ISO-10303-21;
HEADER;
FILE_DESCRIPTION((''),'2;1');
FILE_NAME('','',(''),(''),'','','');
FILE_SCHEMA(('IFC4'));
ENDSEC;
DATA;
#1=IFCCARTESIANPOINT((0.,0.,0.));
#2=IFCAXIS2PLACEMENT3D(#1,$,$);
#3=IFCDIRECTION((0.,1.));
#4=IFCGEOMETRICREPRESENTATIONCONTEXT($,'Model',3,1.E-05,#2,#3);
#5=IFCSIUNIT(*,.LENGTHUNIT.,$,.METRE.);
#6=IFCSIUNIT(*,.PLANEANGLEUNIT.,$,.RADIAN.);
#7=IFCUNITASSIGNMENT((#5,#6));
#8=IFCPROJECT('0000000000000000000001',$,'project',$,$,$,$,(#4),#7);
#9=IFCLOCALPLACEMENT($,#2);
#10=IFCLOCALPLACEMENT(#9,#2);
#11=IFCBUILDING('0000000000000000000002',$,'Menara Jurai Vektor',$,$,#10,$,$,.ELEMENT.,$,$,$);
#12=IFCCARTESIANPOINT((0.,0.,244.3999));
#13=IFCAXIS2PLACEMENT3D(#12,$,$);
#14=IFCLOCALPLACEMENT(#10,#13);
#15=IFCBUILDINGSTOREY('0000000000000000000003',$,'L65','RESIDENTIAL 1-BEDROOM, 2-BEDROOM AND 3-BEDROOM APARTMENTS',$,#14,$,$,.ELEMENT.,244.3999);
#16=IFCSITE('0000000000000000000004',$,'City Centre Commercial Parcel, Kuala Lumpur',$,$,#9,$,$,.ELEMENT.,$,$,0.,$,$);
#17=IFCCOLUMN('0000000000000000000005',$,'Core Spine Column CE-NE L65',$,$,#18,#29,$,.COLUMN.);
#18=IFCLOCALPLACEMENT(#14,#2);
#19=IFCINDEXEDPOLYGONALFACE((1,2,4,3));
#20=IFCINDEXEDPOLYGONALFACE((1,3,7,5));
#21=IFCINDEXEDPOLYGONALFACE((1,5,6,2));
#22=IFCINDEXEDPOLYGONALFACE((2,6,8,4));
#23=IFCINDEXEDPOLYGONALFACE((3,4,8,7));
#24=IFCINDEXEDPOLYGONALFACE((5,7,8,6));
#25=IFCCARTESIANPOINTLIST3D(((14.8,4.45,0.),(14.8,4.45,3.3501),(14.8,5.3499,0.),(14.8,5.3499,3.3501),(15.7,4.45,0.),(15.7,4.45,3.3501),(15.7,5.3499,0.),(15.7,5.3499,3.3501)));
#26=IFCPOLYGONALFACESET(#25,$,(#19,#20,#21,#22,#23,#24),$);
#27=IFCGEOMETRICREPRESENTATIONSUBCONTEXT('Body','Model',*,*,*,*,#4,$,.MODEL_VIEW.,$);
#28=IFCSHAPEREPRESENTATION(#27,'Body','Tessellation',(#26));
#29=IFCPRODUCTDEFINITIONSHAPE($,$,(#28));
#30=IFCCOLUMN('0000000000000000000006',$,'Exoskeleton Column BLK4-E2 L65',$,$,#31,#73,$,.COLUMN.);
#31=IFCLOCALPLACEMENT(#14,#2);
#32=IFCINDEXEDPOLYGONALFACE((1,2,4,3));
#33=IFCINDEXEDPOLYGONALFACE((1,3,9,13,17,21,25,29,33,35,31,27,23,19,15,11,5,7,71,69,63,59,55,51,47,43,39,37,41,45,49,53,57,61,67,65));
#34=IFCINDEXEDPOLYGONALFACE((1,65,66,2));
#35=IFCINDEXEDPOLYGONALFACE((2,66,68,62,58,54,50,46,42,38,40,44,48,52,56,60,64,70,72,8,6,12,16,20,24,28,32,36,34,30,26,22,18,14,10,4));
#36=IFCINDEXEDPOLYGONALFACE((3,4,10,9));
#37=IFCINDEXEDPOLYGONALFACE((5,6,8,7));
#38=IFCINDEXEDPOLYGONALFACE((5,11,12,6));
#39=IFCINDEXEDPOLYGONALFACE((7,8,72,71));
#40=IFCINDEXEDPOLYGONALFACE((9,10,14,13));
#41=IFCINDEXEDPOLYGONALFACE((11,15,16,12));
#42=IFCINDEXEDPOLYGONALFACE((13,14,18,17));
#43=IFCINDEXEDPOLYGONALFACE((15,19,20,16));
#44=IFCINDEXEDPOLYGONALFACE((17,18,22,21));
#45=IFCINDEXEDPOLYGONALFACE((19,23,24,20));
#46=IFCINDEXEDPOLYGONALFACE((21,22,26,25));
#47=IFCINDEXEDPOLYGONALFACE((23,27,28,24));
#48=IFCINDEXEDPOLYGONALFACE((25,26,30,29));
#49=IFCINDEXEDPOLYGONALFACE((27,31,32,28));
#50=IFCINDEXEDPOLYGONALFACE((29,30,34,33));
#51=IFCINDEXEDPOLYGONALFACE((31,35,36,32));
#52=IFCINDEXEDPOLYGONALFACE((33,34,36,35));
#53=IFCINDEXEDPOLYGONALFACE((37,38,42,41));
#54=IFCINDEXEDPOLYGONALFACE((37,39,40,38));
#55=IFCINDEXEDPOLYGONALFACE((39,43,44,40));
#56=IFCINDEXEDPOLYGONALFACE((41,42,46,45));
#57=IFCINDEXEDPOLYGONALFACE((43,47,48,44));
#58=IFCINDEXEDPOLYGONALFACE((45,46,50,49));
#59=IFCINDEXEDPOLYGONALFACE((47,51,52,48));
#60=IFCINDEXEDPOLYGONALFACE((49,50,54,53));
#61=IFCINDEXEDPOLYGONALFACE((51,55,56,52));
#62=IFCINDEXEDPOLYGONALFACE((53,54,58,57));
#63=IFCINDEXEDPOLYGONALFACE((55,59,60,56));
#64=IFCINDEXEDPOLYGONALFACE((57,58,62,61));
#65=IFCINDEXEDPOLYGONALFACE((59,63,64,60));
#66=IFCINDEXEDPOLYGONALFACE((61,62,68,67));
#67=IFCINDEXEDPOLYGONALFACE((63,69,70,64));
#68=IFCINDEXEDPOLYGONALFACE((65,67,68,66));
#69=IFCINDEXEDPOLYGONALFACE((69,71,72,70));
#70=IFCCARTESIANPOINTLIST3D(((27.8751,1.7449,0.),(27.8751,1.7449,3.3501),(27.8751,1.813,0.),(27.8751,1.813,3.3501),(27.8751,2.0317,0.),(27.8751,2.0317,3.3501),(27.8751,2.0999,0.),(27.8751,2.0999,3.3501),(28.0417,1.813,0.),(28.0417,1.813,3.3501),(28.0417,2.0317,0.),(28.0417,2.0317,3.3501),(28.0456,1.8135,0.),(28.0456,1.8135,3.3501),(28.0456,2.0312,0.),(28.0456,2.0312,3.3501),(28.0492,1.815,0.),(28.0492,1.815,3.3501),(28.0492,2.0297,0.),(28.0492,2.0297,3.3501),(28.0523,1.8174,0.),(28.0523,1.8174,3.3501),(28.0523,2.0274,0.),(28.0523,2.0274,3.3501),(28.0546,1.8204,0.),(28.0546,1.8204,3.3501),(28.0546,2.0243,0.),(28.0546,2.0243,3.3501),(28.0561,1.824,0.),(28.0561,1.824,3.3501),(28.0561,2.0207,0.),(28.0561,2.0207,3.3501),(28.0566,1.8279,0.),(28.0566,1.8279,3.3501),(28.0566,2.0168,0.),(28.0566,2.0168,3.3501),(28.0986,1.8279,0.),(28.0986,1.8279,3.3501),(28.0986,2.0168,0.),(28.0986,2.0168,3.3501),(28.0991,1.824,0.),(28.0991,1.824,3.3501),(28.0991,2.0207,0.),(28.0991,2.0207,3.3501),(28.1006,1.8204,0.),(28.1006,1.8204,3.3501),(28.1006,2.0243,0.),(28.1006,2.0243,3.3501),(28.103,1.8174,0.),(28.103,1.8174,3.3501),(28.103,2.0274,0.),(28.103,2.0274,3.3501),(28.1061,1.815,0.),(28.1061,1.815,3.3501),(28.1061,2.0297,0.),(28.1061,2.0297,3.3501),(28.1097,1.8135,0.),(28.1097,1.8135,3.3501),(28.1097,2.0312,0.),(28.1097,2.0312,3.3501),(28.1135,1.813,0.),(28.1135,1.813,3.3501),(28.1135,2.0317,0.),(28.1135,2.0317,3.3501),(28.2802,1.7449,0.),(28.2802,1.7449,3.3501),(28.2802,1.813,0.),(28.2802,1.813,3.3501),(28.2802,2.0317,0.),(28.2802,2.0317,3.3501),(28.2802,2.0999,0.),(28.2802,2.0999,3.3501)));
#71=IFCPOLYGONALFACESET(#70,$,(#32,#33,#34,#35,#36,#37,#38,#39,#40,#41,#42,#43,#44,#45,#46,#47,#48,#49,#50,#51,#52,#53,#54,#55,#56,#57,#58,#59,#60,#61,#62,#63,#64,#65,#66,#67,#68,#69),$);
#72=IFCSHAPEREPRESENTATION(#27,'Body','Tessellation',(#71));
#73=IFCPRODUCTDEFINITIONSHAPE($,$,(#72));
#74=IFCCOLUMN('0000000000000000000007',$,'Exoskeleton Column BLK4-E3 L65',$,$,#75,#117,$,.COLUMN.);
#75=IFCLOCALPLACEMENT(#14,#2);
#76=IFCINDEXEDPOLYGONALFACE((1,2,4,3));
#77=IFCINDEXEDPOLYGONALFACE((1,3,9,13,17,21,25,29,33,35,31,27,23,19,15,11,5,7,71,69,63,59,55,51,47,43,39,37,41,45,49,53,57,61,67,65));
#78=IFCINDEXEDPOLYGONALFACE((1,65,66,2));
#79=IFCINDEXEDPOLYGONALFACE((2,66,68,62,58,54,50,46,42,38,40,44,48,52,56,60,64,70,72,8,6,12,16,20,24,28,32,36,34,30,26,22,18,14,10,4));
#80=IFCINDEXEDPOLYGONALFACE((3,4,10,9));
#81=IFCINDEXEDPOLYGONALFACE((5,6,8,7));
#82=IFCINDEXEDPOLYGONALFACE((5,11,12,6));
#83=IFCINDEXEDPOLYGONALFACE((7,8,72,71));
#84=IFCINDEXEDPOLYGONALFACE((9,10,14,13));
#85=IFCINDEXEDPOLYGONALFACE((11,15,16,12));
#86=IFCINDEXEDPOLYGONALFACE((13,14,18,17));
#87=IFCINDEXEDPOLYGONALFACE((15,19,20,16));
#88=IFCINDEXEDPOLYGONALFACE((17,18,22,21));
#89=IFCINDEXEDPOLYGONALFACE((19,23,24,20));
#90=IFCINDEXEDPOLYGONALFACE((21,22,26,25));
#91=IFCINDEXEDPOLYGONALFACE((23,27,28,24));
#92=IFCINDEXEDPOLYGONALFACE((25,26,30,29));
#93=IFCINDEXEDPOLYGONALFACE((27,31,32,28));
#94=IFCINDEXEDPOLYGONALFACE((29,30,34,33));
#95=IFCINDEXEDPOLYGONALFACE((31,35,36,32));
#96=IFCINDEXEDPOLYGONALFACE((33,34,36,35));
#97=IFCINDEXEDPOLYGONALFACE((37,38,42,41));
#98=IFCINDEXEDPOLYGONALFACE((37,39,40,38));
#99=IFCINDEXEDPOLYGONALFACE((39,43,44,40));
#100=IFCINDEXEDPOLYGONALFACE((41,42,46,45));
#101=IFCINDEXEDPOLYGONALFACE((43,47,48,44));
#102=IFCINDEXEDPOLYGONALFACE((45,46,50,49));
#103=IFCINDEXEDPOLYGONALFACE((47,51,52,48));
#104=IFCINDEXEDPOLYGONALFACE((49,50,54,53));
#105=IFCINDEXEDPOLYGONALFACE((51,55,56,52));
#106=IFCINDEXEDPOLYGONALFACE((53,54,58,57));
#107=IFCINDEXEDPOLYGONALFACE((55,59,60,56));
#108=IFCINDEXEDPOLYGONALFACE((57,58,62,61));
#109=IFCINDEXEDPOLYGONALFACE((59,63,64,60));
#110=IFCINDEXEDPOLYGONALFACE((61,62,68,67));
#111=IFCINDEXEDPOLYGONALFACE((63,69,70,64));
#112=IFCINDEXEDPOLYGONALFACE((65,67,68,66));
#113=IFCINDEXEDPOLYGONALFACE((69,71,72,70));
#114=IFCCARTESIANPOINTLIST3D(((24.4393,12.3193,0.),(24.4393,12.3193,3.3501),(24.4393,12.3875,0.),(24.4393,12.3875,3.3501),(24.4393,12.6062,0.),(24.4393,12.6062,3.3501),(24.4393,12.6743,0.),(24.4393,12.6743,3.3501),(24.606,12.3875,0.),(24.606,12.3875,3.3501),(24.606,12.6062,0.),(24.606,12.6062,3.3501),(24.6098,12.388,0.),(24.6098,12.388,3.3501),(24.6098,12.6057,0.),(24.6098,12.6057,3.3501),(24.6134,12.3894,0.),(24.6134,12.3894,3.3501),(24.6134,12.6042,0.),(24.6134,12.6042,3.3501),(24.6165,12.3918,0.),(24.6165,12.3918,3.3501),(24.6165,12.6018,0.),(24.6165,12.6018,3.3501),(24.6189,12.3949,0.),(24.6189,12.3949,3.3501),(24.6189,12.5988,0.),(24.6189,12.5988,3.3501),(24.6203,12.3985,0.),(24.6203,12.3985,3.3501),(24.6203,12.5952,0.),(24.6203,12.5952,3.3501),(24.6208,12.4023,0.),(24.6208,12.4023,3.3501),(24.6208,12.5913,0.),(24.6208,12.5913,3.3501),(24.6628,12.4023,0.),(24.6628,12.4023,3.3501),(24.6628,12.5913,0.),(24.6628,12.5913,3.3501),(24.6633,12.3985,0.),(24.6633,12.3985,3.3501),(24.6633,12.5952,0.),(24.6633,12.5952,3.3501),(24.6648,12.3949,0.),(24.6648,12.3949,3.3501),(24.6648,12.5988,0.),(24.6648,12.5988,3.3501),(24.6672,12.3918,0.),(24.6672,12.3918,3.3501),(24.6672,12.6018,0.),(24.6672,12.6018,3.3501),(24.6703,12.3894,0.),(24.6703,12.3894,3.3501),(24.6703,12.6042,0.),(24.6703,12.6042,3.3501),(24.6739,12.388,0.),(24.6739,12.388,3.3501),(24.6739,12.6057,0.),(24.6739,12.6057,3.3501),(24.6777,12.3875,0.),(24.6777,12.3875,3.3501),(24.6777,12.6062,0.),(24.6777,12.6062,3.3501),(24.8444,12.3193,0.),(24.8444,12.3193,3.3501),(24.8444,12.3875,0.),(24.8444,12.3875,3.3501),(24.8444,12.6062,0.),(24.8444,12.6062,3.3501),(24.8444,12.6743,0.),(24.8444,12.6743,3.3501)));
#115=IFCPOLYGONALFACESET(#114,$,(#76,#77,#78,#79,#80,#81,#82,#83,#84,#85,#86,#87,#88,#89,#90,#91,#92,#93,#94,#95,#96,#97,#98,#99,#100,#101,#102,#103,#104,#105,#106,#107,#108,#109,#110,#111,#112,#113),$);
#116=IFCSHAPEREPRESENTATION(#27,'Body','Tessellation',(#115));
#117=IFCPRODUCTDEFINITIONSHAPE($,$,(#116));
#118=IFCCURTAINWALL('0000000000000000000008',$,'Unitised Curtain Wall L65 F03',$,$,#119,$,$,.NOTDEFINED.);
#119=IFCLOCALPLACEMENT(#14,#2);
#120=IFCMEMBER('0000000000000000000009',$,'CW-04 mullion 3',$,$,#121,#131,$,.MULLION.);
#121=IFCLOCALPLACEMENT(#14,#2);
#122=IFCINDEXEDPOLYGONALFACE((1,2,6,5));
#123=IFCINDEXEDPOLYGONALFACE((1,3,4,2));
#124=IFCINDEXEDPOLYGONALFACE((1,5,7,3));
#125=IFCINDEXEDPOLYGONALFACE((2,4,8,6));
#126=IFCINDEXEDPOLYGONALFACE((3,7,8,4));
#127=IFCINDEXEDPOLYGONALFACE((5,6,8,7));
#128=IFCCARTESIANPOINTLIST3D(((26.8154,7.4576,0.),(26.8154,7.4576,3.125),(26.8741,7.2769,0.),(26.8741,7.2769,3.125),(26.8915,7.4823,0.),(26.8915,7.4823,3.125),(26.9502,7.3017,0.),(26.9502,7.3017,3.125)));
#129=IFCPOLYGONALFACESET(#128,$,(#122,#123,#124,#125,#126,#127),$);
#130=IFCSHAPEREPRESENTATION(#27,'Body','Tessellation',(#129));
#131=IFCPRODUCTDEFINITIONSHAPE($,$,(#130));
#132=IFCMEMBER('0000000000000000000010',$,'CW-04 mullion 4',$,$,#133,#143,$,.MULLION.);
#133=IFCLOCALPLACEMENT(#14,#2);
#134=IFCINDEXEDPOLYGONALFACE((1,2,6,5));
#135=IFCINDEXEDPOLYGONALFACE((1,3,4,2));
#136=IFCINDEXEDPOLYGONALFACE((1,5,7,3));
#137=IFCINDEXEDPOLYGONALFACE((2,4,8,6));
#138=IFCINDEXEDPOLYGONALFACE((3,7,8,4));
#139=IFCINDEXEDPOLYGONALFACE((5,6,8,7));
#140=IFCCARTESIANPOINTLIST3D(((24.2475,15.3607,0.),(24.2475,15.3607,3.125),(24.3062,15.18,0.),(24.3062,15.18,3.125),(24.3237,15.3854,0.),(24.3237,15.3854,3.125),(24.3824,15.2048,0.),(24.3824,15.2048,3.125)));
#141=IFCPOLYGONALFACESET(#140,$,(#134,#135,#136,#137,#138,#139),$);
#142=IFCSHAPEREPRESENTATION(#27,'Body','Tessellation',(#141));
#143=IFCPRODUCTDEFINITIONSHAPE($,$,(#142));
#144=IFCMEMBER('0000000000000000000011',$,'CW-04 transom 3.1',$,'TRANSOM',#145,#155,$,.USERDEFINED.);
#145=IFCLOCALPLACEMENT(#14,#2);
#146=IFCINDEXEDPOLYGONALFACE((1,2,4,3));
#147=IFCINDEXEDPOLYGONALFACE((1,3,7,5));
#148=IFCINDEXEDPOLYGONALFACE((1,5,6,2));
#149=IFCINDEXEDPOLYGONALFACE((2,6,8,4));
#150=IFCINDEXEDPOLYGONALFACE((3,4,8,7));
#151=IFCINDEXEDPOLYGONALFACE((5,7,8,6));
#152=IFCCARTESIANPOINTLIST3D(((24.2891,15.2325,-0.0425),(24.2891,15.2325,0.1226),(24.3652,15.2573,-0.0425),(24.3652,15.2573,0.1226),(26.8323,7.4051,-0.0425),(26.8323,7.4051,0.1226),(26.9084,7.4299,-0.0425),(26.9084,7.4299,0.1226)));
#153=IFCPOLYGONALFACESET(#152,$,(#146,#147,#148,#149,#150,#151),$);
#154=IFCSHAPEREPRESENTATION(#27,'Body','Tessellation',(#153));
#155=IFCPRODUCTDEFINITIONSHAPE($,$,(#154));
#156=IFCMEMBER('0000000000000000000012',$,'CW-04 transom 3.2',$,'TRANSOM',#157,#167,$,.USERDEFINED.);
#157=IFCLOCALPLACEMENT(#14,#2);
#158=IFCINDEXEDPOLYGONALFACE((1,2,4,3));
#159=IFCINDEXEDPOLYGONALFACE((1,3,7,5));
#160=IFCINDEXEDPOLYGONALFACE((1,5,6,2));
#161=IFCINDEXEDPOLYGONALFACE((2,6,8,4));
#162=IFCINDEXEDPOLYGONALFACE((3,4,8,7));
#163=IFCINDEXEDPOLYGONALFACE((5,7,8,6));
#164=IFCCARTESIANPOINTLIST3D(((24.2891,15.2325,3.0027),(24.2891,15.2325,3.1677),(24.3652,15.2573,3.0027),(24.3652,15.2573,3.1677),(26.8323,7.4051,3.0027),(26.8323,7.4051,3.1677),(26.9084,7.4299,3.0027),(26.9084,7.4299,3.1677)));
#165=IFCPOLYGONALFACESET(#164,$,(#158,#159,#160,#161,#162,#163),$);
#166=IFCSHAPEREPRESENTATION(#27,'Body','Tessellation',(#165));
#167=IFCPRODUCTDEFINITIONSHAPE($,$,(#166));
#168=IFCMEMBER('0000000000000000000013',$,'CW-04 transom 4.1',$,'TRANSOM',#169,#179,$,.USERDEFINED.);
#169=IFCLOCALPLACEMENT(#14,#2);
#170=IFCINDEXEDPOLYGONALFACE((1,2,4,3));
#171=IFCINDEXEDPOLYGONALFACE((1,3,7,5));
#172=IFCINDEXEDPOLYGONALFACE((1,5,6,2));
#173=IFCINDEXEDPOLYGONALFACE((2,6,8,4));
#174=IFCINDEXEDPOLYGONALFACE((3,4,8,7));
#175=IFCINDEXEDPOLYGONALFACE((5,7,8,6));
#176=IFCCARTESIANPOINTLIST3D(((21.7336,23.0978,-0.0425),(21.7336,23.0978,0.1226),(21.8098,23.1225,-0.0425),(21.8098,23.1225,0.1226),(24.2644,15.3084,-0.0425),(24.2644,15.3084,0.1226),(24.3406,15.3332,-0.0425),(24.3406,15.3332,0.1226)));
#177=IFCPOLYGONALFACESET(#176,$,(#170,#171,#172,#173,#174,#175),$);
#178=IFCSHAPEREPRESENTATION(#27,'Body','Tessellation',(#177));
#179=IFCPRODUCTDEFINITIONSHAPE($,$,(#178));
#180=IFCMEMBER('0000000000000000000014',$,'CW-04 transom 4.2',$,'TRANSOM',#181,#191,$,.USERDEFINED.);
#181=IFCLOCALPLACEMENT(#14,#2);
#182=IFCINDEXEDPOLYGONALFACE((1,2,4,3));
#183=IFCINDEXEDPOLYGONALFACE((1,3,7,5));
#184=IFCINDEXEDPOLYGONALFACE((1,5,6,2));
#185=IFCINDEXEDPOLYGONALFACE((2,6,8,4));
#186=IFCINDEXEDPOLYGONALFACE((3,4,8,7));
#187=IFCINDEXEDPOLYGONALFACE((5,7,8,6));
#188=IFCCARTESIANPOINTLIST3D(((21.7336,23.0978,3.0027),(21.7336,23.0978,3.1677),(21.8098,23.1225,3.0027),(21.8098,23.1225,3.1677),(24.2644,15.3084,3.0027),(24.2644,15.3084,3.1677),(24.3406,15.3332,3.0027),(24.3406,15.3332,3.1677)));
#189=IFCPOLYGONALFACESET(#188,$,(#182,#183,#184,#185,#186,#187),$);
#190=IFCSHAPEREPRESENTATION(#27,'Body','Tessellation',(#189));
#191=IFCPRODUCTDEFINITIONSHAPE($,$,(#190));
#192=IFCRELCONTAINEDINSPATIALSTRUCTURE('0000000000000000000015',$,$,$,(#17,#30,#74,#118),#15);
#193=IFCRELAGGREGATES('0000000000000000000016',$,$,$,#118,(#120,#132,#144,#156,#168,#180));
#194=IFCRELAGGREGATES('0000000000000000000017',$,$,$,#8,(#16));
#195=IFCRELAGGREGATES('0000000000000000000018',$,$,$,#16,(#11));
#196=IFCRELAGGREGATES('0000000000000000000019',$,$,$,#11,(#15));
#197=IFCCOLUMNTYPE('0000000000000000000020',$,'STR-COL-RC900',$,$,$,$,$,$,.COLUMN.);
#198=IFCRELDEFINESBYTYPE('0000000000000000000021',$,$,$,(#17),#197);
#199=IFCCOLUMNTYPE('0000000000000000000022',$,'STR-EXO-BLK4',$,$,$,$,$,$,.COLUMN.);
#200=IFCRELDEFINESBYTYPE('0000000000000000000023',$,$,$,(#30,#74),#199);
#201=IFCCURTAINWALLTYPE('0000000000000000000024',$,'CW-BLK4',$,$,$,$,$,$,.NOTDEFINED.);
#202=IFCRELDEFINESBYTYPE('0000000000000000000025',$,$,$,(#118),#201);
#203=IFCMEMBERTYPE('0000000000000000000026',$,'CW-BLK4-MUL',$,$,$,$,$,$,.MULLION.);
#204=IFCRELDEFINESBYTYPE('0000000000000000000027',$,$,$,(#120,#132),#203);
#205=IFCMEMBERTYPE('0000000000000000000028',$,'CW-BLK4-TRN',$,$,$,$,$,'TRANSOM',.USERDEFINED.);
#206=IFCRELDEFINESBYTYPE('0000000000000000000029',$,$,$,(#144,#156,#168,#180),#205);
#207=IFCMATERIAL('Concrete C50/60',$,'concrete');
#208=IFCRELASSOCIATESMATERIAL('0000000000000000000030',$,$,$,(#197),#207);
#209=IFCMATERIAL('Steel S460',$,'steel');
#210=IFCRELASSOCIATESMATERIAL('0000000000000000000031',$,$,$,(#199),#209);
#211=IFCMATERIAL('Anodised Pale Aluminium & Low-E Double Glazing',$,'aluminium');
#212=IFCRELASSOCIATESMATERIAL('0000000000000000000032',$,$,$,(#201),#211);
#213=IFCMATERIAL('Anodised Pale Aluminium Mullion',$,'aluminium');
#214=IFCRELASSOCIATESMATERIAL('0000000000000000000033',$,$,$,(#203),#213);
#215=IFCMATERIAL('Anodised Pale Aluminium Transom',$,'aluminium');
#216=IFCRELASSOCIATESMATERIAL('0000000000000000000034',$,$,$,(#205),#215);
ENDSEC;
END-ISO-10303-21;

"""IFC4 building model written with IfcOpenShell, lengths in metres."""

from ifc_helpers import new_model, si_unit, direction, frame, origin, origin_2d, place, context, subcontext, project, spatial, rectangle, i_section, extrude, material, material_profile, profile_set, type_object, element, aggregate, save


model = new_model("IFC4")

# Units and contexts
model_context = context("Model", 3, precision=1e-05, world=origin(), true_north=direction((0.0, 1.0)))
body_context = subcontext(model_context, "Body", "Model", "MODEL_VIEW")
ifc_project = project(units=[si_unit("LENGTHUNIT", "METRE"), si_unit("PLANEANGLEUNIT", "RADIAN")], contexts=[model_context])

# Site, building, storey
site_placement = place(None, origin())
site = spatial("IfcSite", under=ifc_project, at=site_placement, Name="City Centre Commercial Parcel, Kuala Lumpur", CompositionType="ELEMENT", RefElevation=0.0)
building_placement = place(site_placement, origin())
building = spatial("IfcBuilding", under=site, at=building_placement, Name="Menara Jurai Vektor", CompositionType="ELEMENT")
storey_placement = place(building_placement, frame((0.0, 0.0, 244.3999)))
storey = spatial("IfcBuildingStorey", under=building, at=storey_placement, Name="L65", Description="RESIDENTIAL 1-BEDROOM, 2-BEDROOM AND 3-BEDROOM APARTMENTS", CompositionType="ELEMENT", Elevation=244.3999)

# Columns
ifc_material_1 = material(Name="Concrete C50/60", Category="concrete")
ifc_material_profile_1 = material_profile(ifc_material_1, rectangle(XDim=0.8999, YDim=0.8999, at=origin_2d()), Name="RC 900x900")
ifc_profile_set_1 = profile_set([ifc_material_profile_1], Name="Concrete C50/60")
column_type_1 = type_object("IfcColumnType", Name="STR-COL-RC900", PredefinedType="COLUMN", material=ifc_profile_set_1)
column_placement = place(storey_placement, frame((15.25, 4.8999, 0.0), z_axis=(0.0, 0.0, 1.0), x_axis=(1.0, 0.0, 0.0)))
element("IfcColumn", 1, at=column_placement, inside=storey, type_object=column_type_1, Name="Core Spine Column CE-NE L65", PredefinedType="COLUMN", context=body_context, shape_type="SweptSolid", body=[
    extrude(rectangle(XDim=0.8999, YDim=0.8999, at=origin_2d()), origin(), (0.0, 0.0, 1.0), 3.3501),
])
ifc_material_2 = material(Name="Steel S460", Category="steel")
ifc_material_profile_2 = material_profile(ifc_material_2, i_section(OverallWidth=0.405, OverallDepth=0.355, WebThickness=0.042, FlangeThickness=0.0681, FilletRadius=0.0149, at=origin_2d()), Name="HD 400x551")
ifc_profile_set_2 = profile_set([ifc_material_profile_2], Name="Steel S460")
column_type_2 = type_object("IfcColumnType", Name="STR-EXO-BLK4", PredefinedType="COLUMN", material=ifc_profile_set_2)
for number, where, z_axis, x_axis, name in (
    (2, (28.0776, 1.9224, 0.0), (0.0, 0.0, 1.0), (1.0, 0.0, 0.0), "Exoskeleton Column BLK4-E2 L65"),
    (3, (24.6418, 12.4968, 0.0), (0.0, 0.0, 1.0), (1.0, 0.0, 0.0), "Exoskeleton Column BLK4-E3 L65"),
):
    element("IfcColumn", number, at=place(storey_placement, frame(where, z_axis=z_axis, x_axis=x_axis)), inside=storey, type_object=column_type_2, Name=name, PredefinedType="COLUMN", context=body_context, shape_type="SweptSolid", body=[
        extrude(i_section(OverallWidth=0.405, OverallDepth=0.355, WebThickness=0.042, FlangeThickness=0.0681, FilletRadius=0.0149, at=origin_2d()), origin(), (0.0, 0.0, 1.0), 3.3501),
    ])

# Curtain wall, members
ifc_material_3 = material(Name="Anodised Pale Aluminium & Low-E Double Glazing", Category="aluminium")
curtain_wall_type = type_object("IfcCurtainWallType", Name="CW-BLK4", PredefinedType="NOTDEFINED", material=ifc_material_3)
curtain_wall_placement = place(storey_placement, origin())
curtain_wall = element("IfcCurtainWall", 4, at=curtain_wall_placement, inside=storey, type_object=curtain_wall_type, Name="Unitised Curtain Wall L65 F03", PredefinedType="NOTDEFINED")
ifc_material_4 = material(Name="Anodised Pale Aluminium Mullion", Category="aluminium")
ifc_material_profile_3 = material_profile(ifc_material_4, rectangle(XDim=0.0801, YDim=0.1899, at=origin_2d()), Name="ALU MUL 80x190")
ifc_profile_set_3 = profile_set([ifc_material_profile_3], Name="Anodised Pale Aluminium Mullion")
member_type_1 = type_object("IfcMemberType", Name="CW-BLK4-MUL", PredefinedType="MULLION", material=ifc_profile_set_3)
member_1_placement = place(storey_placement, frame((26.8828, 7.3796, 0.0), z_axis=(0.0, 0.0, 1.0), x_axis=(-0.951057, -0.309016, 0.0)))
member_1 = element("IfcMember", 5, at=member_1_placement, type_object=member_type_1, Name="CW-04 mullion 3", PredefinedType="MULLION", context=body_context, shape_type="SweptSolid", body=[
    extrude(rectangle(XDim=0.0801, YDim=0.1899, at=origin_2d()), origin(), (0.0, 0.0, 1.0), 3.125),
])
member_2_placement = place(storey_placement, frame((24.3149, 15.2827, 0.0), z_axis=(0.0, 0.0, 1.0), x_axis=(-0.951057, -0.309016, 0.0)))
member_2 = element("IfcMember", 6, at=member_2_placement, type_object=member_type_1, Name="CW-04 mullion 4", PredefinedType="MULLION", context=body_context, shape_type="SweptSolid", body=[
    extrude(rectangle(XDim=0.0801, YDim=0.1899, at=origin_2d()), origin(), (0.0, 0.0, 1.0), 3.125),
])
ifc_material_5 = material(Name="Anodised Pale Aluminium Transom", Category="aluminium")
ifc_material_profile_4 = material_profile(ifc_material_5, rectangle(XDim=0.0801, YDim=0.165, at=origin_2d()), Name="ALU TRN 80x165")
ifc_profile_set_4 = profile_set([ifc_material_profile_4], Name="Anodised Pale Aluminium Transom")
member_type_2 = type_object("IfcMemberType", Name="CW-BLK4-TRN", ElementType="TRANSOM", PredefinedType="USERDEFINED", material=ifc_profile_set_4)
member_3_placement = place(storey_placement, frame((26.8704, 7.4175, 0.04), z_axis=(-0.30901, 0.951059, 0.0), x_axis=(-0.951059, -0.30901, 0.0)))
member_3 = element("IfcMember", 7, at=member_3_placement, type_object=member_type_2, Name="CW-04 transom 3.1", ObjectType="TRANSOM", PredefinedType="USERDEFINED", context=body_context, shape_type="SweptSolid", body=[
    extrude(rectangle(XDim=0.0801, YDim=0.165, at=origin_2d()), origin(), (0.0, 0.0, 1.0), 8.2302),
])
member_4_placement = place(storey_placement, frame((26.8704, 7.4175, 3.0852), z_axis=(-0.30901, 0.951059, 0.0), x_axis=(-0.951059, -0.30901, 0.0)))
member_4 = element("IfcMember", 8, at=member_4_placement, type_object=member_type_2, Name="CW-04 transom 3.2", ObjectType="TRANSOM", PredefinedType="USERDEFINED", context=body_context, shape_type="SweptSolid", body=[
    extrude(rectangle(XDim=0.0801, YDim=0.165, at=origin_2d()), origin(), (0.0, 0.0, 1.0), 8.2302),
])
member_5_placement = place(storey_placement, frame((24.3025, 15.3208, 0.04), z_axis=(-0.309002, 0.951061, 0.0), x_axis=(-0.951061, -0.309002, 0.0)))
member_5 = element("IfcMember", 9, at=member_5_placement, type_object=member_type_2, Name="CW-04 transom 4.1", ObjectType="TRANSOM", PredefinedType="USERDEFINED", context=body_context, shape_type="SweptSolid", body=[
    extrude(rectangle(XDim=0.0801, YDim=0.165, at=origin_2d()), origin(), (0.0, 0.0, 1.0), 8.1902),
])
member_6_placement = place(storey_placement, frame((24.3025, 15.3208, 3.0852), z_axis=(-0.309002, 0.951061, 0.0), x_axis=(-0.951061, -0.309002, 0.0)))
member_6 = element("IfcMember", 10, at=member_6_placement, type_object=member_type_2, Name="CW-04 transom 4.2", ObjectType="TRANSOM", PredefinedType="USERDEFINED", context=body_context, shape_type="SweptSolid", body=[
    extrude(rectangle(XDim=0.0801, YDim=0.165, at=origin_2d()), origin(), (0.0, 0.0, 1.0), 8.1902),
])

aggregate(curtain_wall, [member_1, member_2, member_3, member_4, member_5, member_6])

save(model, "model.ifc")
